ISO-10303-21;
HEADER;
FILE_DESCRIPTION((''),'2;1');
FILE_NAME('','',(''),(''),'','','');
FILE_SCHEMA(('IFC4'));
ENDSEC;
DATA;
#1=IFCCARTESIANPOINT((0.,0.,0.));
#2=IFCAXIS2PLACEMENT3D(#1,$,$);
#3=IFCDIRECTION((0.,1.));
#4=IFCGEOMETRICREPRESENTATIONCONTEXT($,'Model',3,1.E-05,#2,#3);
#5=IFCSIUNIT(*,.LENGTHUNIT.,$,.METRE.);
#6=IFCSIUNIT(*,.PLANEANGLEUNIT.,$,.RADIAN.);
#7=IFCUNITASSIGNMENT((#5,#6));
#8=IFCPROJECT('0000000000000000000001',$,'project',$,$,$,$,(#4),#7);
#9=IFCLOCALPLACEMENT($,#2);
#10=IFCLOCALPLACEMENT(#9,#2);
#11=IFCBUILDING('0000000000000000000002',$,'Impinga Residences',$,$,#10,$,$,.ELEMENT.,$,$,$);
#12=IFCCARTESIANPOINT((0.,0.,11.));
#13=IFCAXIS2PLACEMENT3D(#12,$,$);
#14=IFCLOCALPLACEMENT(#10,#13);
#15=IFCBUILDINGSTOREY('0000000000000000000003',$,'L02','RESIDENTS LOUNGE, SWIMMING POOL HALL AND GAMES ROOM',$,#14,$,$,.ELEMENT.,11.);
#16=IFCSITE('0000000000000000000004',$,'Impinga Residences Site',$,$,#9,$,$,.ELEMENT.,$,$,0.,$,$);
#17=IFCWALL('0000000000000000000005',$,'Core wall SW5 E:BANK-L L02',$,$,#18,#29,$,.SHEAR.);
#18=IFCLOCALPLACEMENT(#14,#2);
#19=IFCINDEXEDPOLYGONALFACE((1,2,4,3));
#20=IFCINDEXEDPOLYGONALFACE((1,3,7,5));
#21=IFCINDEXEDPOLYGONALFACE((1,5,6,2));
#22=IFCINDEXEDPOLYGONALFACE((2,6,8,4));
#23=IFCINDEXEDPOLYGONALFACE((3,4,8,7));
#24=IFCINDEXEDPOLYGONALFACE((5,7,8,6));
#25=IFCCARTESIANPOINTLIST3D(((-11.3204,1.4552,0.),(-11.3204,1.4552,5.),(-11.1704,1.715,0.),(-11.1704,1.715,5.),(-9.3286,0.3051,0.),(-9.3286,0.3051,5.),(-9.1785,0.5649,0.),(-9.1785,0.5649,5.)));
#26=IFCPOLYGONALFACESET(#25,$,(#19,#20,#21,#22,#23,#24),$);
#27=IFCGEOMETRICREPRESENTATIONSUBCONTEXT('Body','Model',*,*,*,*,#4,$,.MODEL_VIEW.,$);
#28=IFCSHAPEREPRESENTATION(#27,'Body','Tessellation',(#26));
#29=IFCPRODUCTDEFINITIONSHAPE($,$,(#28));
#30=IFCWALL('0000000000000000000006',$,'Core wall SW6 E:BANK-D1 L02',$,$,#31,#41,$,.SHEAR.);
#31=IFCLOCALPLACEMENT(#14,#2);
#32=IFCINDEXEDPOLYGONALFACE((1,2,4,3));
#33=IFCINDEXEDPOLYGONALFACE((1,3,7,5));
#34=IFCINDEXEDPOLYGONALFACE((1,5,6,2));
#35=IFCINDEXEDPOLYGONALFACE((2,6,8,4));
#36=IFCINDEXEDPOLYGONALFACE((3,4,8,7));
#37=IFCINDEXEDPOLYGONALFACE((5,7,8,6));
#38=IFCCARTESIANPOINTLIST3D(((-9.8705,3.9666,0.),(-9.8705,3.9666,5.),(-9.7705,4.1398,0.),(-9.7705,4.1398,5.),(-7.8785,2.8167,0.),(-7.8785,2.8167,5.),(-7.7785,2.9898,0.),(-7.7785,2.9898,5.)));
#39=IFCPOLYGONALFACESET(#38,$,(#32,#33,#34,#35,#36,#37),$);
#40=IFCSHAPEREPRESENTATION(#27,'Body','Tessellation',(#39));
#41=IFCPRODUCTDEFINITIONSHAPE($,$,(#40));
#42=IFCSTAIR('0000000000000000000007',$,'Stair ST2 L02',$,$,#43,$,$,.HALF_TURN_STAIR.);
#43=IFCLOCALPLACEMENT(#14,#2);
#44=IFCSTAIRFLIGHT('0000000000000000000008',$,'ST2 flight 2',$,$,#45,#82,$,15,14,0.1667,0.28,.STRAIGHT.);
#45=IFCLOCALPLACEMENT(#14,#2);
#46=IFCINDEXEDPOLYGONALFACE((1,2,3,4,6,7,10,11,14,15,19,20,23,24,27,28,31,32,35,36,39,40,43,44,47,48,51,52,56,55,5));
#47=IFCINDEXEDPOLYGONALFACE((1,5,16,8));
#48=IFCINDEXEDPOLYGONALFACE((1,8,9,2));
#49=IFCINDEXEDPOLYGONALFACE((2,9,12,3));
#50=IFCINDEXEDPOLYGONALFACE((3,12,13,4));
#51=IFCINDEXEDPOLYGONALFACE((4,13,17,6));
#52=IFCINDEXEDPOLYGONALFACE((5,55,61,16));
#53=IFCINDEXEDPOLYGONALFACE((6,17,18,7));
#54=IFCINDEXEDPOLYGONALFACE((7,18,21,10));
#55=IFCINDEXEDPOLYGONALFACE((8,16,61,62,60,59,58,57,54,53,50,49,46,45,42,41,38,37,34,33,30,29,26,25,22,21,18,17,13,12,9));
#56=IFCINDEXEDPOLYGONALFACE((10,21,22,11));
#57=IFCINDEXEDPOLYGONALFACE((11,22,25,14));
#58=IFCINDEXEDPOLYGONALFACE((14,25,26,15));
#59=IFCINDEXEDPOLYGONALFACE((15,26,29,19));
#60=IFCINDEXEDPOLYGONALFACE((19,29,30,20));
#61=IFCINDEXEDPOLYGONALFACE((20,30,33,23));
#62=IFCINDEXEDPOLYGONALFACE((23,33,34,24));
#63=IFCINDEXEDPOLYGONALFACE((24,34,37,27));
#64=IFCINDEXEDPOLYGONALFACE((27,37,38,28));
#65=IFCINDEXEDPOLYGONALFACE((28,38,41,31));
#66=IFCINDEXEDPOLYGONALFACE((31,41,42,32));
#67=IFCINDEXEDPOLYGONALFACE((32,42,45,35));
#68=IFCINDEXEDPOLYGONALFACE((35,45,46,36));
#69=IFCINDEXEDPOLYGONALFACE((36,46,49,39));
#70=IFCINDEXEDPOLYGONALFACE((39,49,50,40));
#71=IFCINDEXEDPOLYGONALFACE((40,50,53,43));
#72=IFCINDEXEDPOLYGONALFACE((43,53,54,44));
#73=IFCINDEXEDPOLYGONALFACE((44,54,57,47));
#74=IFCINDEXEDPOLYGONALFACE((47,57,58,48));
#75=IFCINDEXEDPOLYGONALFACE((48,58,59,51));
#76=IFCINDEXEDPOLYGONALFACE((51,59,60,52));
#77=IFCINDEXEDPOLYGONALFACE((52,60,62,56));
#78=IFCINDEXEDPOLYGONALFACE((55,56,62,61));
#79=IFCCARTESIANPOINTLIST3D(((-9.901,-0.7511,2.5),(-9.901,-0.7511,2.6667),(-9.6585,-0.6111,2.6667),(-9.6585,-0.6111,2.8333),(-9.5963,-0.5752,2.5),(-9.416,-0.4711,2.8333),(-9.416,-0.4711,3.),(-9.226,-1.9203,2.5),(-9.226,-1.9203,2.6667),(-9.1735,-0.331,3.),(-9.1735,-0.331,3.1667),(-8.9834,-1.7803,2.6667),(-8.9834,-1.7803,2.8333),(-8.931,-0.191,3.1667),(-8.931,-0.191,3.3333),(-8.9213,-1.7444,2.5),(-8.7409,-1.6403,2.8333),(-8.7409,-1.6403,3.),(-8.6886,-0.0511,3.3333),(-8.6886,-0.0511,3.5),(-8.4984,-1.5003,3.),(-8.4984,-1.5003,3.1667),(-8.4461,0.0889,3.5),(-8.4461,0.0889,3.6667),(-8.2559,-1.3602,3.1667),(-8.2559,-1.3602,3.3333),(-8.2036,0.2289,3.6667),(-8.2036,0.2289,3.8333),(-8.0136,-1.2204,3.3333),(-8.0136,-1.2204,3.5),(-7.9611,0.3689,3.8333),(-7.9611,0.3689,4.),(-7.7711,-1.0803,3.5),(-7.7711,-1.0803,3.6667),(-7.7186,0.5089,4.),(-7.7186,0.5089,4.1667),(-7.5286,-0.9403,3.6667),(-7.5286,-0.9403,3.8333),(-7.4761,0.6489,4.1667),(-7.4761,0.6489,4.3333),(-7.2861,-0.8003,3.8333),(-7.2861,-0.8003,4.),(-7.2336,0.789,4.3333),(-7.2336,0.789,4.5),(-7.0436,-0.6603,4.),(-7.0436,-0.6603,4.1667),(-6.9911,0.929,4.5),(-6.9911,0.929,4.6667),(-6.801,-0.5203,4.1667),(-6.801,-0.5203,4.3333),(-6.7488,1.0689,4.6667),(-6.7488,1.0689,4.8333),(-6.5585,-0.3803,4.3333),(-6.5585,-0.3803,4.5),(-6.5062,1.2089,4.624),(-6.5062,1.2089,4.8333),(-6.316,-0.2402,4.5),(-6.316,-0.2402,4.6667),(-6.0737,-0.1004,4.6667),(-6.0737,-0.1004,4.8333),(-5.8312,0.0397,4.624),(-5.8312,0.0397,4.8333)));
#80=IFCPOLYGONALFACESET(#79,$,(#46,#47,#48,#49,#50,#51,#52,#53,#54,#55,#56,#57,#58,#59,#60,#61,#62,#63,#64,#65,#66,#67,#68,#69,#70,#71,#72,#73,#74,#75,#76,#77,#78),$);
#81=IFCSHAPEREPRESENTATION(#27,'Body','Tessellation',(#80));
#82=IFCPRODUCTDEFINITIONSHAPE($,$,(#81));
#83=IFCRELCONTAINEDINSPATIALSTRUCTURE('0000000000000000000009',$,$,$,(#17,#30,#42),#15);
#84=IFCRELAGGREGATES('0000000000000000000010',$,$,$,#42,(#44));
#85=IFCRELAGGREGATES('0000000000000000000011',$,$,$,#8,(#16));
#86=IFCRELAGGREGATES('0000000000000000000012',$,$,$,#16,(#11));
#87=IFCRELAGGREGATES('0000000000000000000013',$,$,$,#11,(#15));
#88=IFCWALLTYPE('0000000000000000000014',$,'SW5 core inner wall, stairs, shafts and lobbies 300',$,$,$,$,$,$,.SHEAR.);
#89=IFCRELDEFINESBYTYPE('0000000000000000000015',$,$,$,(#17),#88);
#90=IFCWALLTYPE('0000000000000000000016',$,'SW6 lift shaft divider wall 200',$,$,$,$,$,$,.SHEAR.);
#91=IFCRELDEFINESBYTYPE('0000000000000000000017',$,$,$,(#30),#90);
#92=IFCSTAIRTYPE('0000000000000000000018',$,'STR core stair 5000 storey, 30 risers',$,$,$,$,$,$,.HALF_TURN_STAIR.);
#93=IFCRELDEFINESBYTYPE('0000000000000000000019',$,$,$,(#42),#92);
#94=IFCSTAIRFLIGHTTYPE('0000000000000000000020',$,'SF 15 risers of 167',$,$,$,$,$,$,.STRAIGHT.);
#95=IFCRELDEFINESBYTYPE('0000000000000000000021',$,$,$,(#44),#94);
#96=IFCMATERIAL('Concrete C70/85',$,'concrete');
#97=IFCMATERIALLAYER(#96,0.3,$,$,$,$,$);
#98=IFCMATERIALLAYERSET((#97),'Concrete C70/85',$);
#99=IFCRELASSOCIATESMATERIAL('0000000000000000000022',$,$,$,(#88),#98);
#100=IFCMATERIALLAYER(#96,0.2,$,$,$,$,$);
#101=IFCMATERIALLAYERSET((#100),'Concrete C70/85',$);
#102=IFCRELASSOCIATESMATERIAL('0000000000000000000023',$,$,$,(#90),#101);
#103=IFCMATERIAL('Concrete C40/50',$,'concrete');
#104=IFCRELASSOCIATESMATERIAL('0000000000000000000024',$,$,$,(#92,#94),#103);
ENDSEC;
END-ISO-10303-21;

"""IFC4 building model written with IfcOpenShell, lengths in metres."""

from ifc_helpers import new_model, si_unit, direction, frame, frame_2d, origin, place, context, subcontext, project, spatial, polyline, rectangle, outline, extrude, material, layer, layer_set, type_object, element, aggregate, save


model = new_model("IFC4")

# Units and contexts
model_context = context("Model", 3, precision=1e-05, world=origin(), true_north=direction((0.0, 1.0)))
body_context = subcontext(model_context, "Body", "Model", "MODEL_VIEW")
ifc_project = project(units=[si_unit("LENGTHUNIT", "METRE"), si_unit("PLANEANGLEUNIT", "RADIAN")], contexts=[model_context])

# Site, building, storey
site_placement = place(None, origin())
site = spatial("IfcSite", under=ifc_project, at=site_placement, Name="Impinga Residences Site", CompositionType="ELEMENT", RefElevation=0.0)
building_placement = place(site_placement, origin())
building = spatial("IfcBuilding", under=site, at=building_placement, Name="Impinga Residences", CompositionType="ELEMENT")
storey_placement = place(building_placement, frame((0.0, 0.0, 11.0)))
storey = spatial("IfcBuildingStorey", under=building, at=storey_placement, Name="L02", Description="RESIDENTS LOUNGE, SWIMMING POOL HALL AND GAMES ROOM", CompositionType="ELEMENT", Elevation=11.0)

# Shared definitions
ifc_material_1 = material(Name="Concrete C70/85", Category="concrete")

# Walls
ifc_layer_1 = layer(ifc_material_1, 0.3)
ifc_layer_set_1 = layer_set([ifc_layer_1], Name="Concrete C70/85")
wall_type_1 = type_object("IfcWallType", Name="SW5 core inner wall, stairs, shafts and lobbies 300", PredefinedType="SHEAR", material=ifc_layer_set_1)
wall_1_placement = place(storey_placement, frame((-9.2537, 0.4351, 0.0), z_axis=(0.0, 0.0, 1.0), x_axis=(-0.866007, 0.500032, 0.0)))
element("IfcWall", 1, at=wall_1_placement, inside=storey, type_object=wall_type_1, Name="Core wall SW5 E:BANK-L L02", PredefinedType="SHEAR", context=body_context, shape_type="SweptSolid", body=[
    extrude(rectangle(XDim=2.3, YDim=0.3, at=frame_2d((1.1499, 0.0))), origin(), (0.0, 0.0, 1.0), 5.0),
])
ifc_layer_2 = layer(ifc_material_1, 0.2)
ifc_layer_set_2 = layer_set([ifc_layer_2], Name="Concrete C70/85")
wall_type_2 = type_object("IfcWallType", Name="SW6 lift shaft divider wall 200", PredefinedType="SHEAR", material=ifc_layer_set_2)
wall_2_placement = place(storey_placement, frame((-7.8286, 2.9033, 0.0), z_axis=(0.0, 0.0, 1.0), x_axis=(-0.866053, 0.499952, 0.0)))
element("IfcWall", 2, at=wall_2_placement, inside=storey, type_object=wall_type_2, Name="Core wall SW6 E:BANK-D1 L02", PredefinedType="SHEAR", context=body_context, shape_type="SweptSolid", body=[
    extrude(rectangle(XDim=2.3, YDim=0.2, at=frame_2d((1.1499, 0.0))), origin(), (0.0, 0.0, 1.0), 5.0),
])

# Stair, stair flight
ifc_material_2 = material(Name="Concrete C40/50", Category="concrete")
stair_type = type_object("IfcStairType", Name="STR core stair 5000 storey, 30 risers", PredefinedType="HALF_TURN_STAIR", material=ifc_material_2)
stair_placement = place(storey_placement, origin())
stair = element("IfcStair", 3, at=stair_placement, inside=storey, type_object=stair_type, Name="Stair ST2 L02", PredefinedType="HALF_TURN_STAIR")
stair_flight_type = type_object("IfcStairFlightType", Name="SF 15 risers of 167", PredefinedType="STRAIGHT", material=ifc_material_2)
stair_flight_placement = place(storey_placement, frame((-9.5635, -1.3357, 2.5), z_axis=(0.0, 0.0, 1.0), x_axis=(0.866025, 0.5, 0.0)))
stair_flight = element("IfcStairFlight", 4, at=stair_flight_placement, type_object=stair_flight_type, Name="ST2 flight 2", NumberOfRisers=15, NumberOfTreads=14, PredefinedType="STRAIGHT", RiserHeight=0.1667, TreadLength=0.28, context=body_context, shape_type="SweptSolid", body=[
    extrude(outline(polyline([(0.0, 0.0), (0.0, 0.1667), (0.28, 0.1667), (0.28, 0.3333), (0.5601, 0.3333), (0.5601, 0.5), (0.8401, 0.5), (0.8401, 0.6667), (1.1201, 0.6667), (1.1201, 0.8333), (1.3999, 0.8333), (1.3999, 1.0), (1.6799, 1.0), (1.6799, 1.1667), (1.96, 1.1667), (1.96, 1.3333), (2.24, 1.3333), (2.24, 1.5), (2.52, 1.5), (2.52, 1.6667), (2.8, 1.6667), (2.8, 1.8333), (3.0801, 1.8333), (3.0801, 2.0), (3.3601, 2.0), (3.3601, 2.1667), (3.6399, 2.1667), (3.6399, 2.3333), (3.9199, 2.3333), (3.9199, 2.5), (3.9199, 2.124), (0.3518, 0.0), (0.0, 0.0)])), frame((0.0, 0.675, 0.0), z_axis=(0.0, -1.0, 0.0), x_axis=(1.0, 0.0, 0.0)), (0.0, 0.0, 1.0), 1.3501),
])
aggregate(stair, [stair_flight])

save(model, "model.ifc")
